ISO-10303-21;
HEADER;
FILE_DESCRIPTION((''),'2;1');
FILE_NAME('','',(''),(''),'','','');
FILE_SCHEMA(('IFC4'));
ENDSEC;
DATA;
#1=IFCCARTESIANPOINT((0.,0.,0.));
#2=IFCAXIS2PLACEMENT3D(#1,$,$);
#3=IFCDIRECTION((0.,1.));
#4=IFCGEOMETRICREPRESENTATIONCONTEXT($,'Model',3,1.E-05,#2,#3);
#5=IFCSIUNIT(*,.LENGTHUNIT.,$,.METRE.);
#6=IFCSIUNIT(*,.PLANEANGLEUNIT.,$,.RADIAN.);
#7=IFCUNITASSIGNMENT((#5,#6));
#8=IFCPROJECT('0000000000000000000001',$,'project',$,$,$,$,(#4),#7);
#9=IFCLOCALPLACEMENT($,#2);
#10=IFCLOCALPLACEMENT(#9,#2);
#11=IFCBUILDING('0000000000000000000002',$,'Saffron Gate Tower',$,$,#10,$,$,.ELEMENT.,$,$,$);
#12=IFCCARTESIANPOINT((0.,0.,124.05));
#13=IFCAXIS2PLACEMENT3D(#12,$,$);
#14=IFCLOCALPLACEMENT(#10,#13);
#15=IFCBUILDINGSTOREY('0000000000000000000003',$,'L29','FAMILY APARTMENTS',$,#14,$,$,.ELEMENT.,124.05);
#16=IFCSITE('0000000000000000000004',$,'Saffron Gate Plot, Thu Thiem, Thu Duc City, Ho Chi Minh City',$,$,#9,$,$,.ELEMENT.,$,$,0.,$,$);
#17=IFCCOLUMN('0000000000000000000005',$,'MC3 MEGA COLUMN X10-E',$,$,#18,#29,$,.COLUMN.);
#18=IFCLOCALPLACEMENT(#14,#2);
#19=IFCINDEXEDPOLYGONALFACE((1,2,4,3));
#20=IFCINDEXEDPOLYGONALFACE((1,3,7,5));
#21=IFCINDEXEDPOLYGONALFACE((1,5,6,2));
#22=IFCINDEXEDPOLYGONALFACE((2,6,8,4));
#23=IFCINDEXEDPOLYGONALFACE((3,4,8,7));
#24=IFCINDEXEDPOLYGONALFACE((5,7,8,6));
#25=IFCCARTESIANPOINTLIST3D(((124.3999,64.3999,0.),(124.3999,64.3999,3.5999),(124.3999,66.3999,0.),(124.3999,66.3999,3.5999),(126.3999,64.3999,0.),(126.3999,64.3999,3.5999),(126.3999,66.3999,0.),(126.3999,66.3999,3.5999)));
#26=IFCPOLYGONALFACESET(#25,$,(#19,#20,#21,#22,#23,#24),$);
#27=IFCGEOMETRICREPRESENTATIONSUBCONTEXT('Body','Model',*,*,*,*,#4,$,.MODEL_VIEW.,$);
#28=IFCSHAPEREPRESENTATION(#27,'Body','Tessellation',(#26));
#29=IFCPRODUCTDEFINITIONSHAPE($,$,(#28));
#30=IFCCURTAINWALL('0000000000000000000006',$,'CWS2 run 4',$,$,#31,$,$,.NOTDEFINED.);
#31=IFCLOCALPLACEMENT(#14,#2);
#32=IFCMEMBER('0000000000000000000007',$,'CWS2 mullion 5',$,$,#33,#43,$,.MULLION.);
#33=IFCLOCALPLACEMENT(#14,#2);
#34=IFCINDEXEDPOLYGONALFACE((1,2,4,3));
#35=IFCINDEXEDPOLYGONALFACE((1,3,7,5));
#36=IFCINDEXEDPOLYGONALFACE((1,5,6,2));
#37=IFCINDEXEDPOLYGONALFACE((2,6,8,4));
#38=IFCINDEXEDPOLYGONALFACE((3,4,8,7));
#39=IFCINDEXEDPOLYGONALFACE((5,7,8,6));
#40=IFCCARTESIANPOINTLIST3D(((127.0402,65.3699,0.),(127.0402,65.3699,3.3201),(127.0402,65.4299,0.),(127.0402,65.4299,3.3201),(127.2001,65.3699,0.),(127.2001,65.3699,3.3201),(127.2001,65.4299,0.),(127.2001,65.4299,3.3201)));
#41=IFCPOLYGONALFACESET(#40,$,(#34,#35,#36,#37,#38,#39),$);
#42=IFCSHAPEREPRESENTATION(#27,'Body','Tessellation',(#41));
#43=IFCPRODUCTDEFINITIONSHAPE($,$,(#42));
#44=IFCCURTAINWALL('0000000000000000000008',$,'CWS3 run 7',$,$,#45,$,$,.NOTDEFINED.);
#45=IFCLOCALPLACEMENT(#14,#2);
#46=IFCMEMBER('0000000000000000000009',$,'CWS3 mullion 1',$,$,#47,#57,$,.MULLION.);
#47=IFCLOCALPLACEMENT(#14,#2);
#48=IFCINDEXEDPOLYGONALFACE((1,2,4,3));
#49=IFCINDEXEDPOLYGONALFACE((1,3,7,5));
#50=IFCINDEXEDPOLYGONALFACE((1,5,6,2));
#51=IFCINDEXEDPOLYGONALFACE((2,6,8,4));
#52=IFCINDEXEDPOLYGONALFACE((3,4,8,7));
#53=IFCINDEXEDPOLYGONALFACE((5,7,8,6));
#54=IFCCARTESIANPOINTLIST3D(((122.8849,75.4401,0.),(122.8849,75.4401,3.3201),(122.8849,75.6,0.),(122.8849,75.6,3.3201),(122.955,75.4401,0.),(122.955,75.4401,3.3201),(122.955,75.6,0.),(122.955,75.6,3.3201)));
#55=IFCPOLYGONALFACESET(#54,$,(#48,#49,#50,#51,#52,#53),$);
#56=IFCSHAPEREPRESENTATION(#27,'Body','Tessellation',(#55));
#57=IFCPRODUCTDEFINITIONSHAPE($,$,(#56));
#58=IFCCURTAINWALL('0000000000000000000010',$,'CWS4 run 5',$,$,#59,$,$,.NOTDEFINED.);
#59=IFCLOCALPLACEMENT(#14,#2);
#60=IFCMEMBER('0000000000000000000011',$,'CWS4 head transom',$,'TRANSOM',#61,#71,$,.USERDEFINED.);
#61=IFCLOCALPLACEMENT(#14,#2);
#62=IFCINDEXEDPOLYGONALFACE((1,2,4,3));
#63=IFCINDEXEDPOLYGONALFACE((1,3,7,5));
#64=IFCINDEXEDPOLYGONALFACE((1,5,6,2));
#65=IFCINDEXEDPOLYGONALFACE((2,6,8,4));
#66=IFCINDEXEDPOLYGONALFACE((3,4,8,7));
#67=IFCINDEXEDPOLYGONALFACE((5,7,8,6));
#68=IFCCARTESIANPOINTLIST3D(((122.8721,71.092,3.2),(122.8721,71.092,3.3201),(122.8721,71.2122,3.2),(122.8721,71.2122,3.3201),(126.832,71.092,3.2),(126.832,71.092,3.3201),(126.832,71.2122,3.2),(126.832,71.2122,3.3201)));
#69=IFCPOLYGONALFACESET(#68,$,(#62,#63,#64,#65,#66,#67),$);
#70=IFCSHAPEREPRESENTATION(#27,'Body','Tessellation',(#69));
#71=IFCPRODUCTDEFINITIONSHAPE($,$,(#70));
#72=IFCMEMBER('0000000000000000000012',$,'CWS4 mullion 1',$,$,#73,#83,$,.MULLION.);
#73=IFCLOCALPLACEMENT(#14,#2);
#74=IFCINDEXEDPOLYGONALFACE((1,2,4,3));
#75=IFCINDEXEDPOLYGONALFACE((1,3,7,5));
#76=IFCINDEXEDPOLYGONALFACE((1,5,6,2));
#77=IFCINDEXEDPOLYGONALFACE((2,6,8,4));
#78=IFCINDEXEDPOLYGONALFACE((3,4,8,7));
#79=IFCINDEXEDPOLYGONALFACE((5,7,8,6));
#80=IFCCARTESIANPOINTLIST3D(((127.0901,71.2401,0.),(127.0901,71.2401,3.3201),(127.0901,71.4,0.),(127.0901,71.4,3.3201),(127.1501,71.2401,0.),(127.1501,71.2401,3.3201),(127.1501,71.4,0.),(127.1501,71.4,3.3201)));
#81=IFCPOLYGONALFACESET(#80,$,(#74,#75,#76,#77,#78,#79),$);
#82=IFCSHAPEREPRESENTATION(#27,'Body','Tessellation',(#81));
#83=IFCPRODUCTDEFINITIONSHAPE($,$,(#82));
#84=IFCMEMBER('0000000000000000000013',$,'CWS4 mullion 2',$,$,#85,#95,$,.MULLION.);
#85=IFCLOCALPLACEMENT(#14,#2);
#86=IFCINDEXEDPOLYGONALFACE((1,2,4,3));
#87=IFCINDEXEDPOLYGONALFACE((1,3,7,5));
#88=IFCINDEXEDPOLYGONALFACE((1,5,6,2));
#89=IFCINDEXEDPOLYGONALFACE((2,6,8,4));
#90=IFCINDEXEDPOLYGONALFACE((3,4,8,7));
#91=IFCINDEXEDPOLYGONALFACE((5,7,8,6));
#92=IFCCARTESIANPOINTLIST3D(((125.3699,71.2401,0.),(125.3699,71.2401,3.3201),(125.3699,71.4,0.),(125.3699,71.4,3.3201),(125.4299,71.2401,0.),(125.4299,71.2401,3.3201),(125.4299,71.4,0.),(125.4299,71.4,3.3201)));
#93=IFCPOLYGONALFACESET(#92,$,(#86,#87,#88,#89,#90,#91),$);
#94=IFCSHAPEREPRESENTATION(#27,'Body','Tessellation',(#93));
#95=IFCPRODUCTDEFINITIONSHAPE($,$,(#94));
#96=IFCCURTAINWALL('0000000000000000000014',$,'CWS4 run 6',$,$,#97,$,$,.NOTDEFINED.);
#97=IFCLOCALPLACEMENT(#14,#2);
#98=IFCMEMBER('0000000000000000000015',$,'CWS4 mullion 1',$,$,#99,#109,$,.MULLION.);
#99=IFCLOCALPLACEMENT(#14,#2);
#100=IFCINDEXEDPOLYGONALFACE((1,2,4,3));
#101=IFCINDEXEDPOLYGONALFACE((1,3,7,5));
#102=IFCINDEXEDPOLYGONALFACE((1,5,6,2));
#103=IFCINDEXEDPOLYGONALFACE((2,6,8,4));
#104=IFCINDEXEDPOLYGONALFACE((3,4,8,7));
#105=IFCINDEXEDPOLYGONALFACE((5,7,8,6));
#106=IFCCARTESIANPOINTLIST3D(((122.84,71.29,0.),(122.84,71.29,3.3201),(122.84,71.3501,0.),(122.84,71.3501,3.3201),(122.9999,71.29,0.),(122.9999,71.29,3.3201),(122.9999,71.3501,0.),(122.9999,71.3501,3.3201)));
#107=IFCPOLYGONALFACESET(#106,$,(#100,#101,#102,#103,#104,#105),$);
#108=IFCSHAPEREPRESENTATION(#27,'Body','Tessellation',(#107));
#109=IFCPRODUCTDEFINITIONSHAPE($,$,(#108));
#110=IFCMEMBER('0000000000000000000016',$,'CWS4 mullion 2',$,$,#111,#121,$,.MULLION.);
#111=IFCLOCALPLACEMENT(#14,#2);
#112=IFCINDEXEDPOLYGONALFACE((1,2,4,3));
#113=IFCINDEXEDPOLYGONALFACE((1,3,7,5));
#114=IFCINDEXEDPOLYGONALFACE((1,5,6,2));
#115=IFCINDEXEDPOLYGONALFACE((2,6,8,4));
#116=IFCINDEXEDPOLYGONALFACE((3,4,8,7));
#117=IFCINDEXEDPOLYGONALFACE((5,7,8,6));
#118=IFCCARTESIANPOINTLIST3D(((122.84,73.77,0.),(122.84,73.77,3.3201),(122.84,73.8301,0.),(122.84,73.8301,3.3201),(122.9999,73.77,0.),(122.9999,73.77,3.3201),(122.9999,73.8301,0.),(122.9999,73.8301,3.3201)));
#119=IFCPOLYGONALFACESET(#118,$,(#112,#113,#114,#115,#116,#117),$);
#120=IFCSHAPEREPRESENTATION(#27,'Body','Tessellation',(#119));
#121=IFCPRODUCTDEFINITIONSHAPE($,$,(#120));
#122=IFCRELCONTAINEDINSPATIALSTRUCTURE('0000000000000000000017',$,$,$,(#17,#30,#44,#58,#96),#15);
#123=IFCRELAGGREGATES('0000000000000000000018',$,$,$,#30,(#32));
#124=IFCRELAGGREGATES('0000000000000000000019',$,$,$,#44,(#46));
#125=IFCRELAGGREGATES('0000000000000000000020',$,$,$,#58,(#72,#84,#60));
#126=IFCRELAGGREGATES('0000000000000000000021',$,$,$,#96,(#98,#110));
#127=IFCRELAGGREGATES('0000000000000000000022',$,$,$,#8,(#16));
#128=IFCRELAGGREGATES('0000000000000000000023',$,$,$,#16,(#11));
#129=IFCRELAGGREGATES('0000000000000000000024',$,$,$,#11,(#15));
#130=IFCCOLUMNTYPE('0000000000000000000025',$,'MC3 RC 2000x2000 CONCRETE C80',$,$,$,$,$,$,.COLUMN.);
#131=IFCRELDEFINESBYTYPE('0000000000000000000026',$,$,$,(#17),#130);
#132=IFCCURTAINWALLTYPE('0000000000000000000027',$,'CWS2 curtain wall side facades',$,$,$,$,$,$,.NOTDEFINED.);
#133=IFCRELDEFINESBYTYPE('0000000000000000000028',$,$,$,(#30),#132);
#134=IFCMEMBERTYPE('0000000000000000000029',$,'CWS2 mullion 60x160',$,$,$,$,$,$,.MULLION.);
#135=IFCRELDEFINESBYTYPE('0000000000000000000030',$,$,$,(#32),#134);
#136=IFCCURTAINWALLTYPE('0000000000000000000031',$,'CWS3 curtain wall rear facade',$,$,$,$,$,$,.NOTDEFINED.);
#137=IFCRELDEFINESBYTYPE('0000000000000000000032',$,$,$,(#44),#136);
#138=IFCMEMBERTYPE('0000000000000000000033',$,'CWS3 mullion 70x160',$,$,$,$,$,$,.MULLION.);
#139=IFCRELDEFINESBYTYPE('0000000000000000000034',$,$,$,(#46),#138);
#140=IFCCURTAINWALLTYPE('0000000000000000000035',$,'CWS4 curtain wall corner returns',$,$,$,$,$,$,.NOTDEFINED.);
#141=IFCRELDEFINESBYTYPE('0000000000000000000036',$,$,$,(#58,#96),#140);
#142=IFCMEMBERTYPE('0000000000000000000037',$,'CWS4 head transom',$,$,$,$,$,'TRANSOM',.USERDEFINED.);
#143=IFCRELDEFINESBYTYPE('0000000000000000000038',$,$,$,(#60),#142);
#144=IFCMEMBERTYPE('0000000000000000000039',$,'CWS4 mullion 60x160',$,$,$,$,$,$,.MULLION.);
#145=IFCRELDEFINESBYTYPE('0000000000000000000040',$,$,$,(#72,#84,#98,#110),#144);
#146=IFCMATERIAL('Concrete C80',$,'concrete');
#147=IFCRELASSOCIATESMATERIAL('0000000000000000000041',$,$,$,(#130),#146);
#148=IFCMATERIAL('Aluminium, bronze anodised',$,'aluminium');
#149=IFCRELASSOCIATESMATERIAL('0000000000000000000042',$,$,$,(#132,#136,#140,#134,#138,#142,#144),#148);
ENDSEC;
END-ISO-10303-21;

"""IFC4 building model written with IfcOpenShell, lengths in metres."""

from ifc_helpers import new_model, si_unit, direction, frame, origin, origin_2d, place, context, subcontext, project, spatial, rectangle, extrude, material, material_profile, profile_set, type_object, element, aggregate, save


model = new_model("IFC4")

# Units and contexts
model_context = context("Model", 3, precision=1e-05, world=origin(), true_north=direction((0.0, 1.0)))
body_context = subcontext(model_context, "Body", "Model", "MODEL_VIEW")
ifc_project = project(units=[si_unit("LENGTHUNIT", "METRE"), si_unit("PLANEANGLEUNIT", "RADIAN")], contexts=[model_context])

# Site, building, storey
site_placement = place(None, origin())
site = spatial("IfcSite", under=ifc_project, at=site_placement, Name="Saffron Gate Plot, Thu Thiem, Thu Duc City, Ho Chi Minh City", CompositionType="ELEMENT", RefElevation=0.0)
building_placement = place(site_placement, origin())
building = spatial("IfcBuilding", under=site, at=building_placement, Name="Saffron Gate Tower", CompositionType="ELEMENT")
storey_placement = place(building_placement, frame((0.0, 0.0, 124.05)))
storey = spatial("IfcBuildingStorey", under=building, at=storey_placement, Name="L29", Description="FAMILY APARTMENTS", CompositionType="ELEMENT", Elevation=124.05)

# Column
ifc_material_1 = material(Name="Concrete C80", Category="concrete")
ifc_material_profile_1 = material_profile(ifc_material_1, rectangle(XDim=2.0, YDim=2.0, at=origin_2d()))
ifc_profile_set_1 = profile_set([ifc_material_profile_1], Name="Concrete C80")
column_type = type_object("IfcColumnType", Name="MC3 RC 2000x2000 CONCRETE C80", PredefinedType="COLUMN", material=ifc_profile_set_1)
column_placement = place(storey_placement, frame((125.3999, 65.3999, 0.0), z_axis=(0.0, 0.0, 1.0), x_axis=(1.0, 0.0, 0.0)))
element("IfcColumn", 1, at=column_placement, inside=storey, type_object=column_type, Name="MC3 MEGA COLUMN X10-E", PredefinedType="COLUMN", context=body_context, shape_type="SweptSolid", body=[
    extrude(rectangle(XDim=2.0, YDim=2.0, at=origin_2d()), origin(), (0.0, 0.0, 1.0), 3.5999),
])

# Curtain walls, members
ifc_material_2 = material(Name="Aluminium, bronze anodised", Category="aluminium")
curtain_wall_type_1 = type_object("IfcCurtainWallType", Name="CWS2 curtain wall side facades", PredefinedType="NOTDEFINED", material=ifc_material_2)
curtain_wall_1_placement = place(storey_placement, origin())
curtain_wall_1 = element("IfcCurtainWall", 2, at=curtain_wall_1_placement, inside=storey, type_object=curtain_wall_type_1, Name="CWS2 run 4", PredefinedType="NOTDEFINED")
ifc_material_profile_2 = material_profile(ifc_material_2, rectangle(XDim=0.1599, YDim=0.0601, at=origin_2d()))
ifc_profile_set_2 = profile_set([ifc_material_profile_2], Name="Aluminium, bronze anodised")
member_type_1 = type_object("IfcMemberType", Name="CWS2 mullion 60x160", PredefinedType="MULLION", material=ifc_profile_set_2)
member_1_placement = place(storey_placement, frame((127.1201, 65.3999, 0.0), z_axis=(0.0, 0.0, 1.0), x_axis=(-1.0, 0.0, 0.0)))
member_1 = element("IfcMember", 3, at=member_1_placement, type_object=member_type_1, Name="CWS2 mullion 5", PredefinedType="MULLION", context=body_context, shape_type="SweptSolid", body=[
    extrude(rectangle(XDim=0.1599, YDim=0.0601, at=origin_2d()), origin(), (0.0, 0.0, 1.0), 3.3201),
])
aggregate(curtain_wall_1, [member_1])
curtain_wall_type_2 = type_object("IfcCurtainWallType", Name="CWS3 curtain wall rear facade", PredefinedType="NOTDEFINED", material=ifc_material_2)
curtain_wall_2_placement = place(storey_placement, origin())
curtain_wall_2 = element("IfcCurtainWall", 4, at=curtain_wall_2_placement, inside=storey, type_object=curtain_wall_type_2, Name="CWS3 run 7", PredefinedType="NOTDEFINED")
ifc_material_profile_3 = material_profile(ifc_material_2, rectangle(XDim=0.1599, YDim=0.0701, at=origin_2d()))
ifc_profile_set_3 = profile_set([ifc_material_profile_3], Name="Aluminium, bronze anodised")
member_type_2 = type_object("IfcMemberType", Name="CWS3 mullion 70x160", PredefinedType="MULLION", material=ifc_profile_set_3)
member_2_placement = place(storey_placement, frame((122.9199, 75.52, 0.0), z_axis=(0.0, 0.0, 1.0), x_axis=(0.0, -1.0, 0.0)))
member_2 = element("IfcMember", 5, at=member_2_placement, type_object=member_type_2, Name="CWS3 mullion 1", PredefinedType="MULLION", context=body_context, shape_type="SweptSolid", body=[
    extrude(rectangle(XDim=0.1599, YDim=0.0701, at=origin_2d()), origin(), (0.0, 0.0, 1.0), 3.3201),
])

# Curtain walls, members
curtain_wall_type_3 = type_object("IfcCurtainWallType", Name="CWS4 curtain wall corner returns", PredefinedType="NOTDEFINED", material=ifc_material_2)
curtain_wall_3_placement = place(storey_placement, origin())
curtain_wall_3 = element("IfcCurtainWall", 6, at=curtain_wall_3_placement, inside=storey, type_object=curtain_wall_type_3, Name="CWS4 run 5", PredefinedType="NOTDEFINED")
ifc_material_profile_4 = material_profile(ifc_material_2, rectangle(XDim=0.1201, YDim=0.1201, at=origin_2d()))
ifc_profile_set_4 = profile_set([ifc_material_profile_4], Name="Aluminium, bronze anodised")
member_type_3 = type_object("IfcMemberType", Name="CWS4 head transom", ElementType="TRANSOM", PredefinedType="USERDEFINED", material=ifc_profile_set_4)
member_3_placement = place(storey_placement, frame((126.832, 71.1521, 3.26), z_axis=(-1.0, 0.0, 0.0), x_axis=(0.0, -1.0, 0.0)))
member_3 = element("IfcMember", 7, at=member_3_placement, type_object=member_type_3, Name="CWS4 head transom", ObjectType="TRANSOM", PredefinedType="USERDEFINED", context=body_context, shape_type="SweptSolid", body=[
    extrude(rectangle(XDim=0.1201, YDim=0.1201, at=origin_2d()), origin(), (0.0, 0.0, 1.0), 3.96),
])
ifc_material_profile_5 = material_profile(ifc_material_2, rectangle(XDim=0.1599, YDim=0.0601, at=origin_2d()))
ifc_profile_set_5 = profile_set([ifc_material_profile_5], Name="Aluminium, bronze anodised")
member_type_4 = type_object("IfcMemberType", Name="CWS4 mullion 60x160", PredefinedType="MULLION", material=ifc_profile_set_5)
member_4_placement = place(storey_placement, frame((127.1201, 71.3201, 0.0), z_axis=(0.0, 0.0, 1.0), x_axis=(0.0, -1.0, 0.0)))
member_4 = element("IfcMember", 8, at=member_4_placement, type_object=member_type_4, Name="CWS4 mullion 1", PredefinedType="MULLION", context=body_context, shape_type="SweptSolid", body=[
    extrude(rectangle(XDim=0.1599, YDim=0.0601, at=origin_2d()), origin(), (0.0, 0.0, 1.0), 3.3201),
])
member_5_placement = place(storey_placement, frame((125.3999, 71.3201, 0.0), z_axis=(0.0, 0.0, 1.0), x_axis=(0.0, -1.0, 0.0)))
member_5 = element("IfcMember", 9, at=member_5_placement, type_object=member_type_4, Name="CWS4 mullion 2", PredefinedType="MULLION", context=body_context, shape_type="SweptSolid", body=[
    extrude(rectangle(XDim=0.1599, YDim=0.0601, at=origin_2d()), origin(), (0.0, 0.0, 1.0), 3.3201),
])
curtain_wall_4_placement = place(storey_placement, origin())
curtain_wall_4 = element("IfcCurtainWall", 10, at=curtain_wall_4_placement, inside=storey, type_object=curtain_wall_type_3, Name="CWS4 run 6", PredefinedType="NOTDEFINED")
member_6_placement = place(storey_placement, frame((122.9199, 71.3201, 0.0), z_axis=(0.0, 0.0, 1.0), x_axis=(-1.0, 0.0, 0.0)))
member_6 = element("IfcMember", 11, at=member_6_placement, type_object=member_type_4, Name="CWS4 mullion 1", PredefinedType="MULLION", context=body_context, shape_type="SweptSolid", body=[
    extrude(rectangle(XDim=0.1599, YDim=0.0601, at=origin_2d()), origin(), (0.0, 0.0, 1.0), 3.3201),
])
member_7_placement = place(storey_placement, frame((122.9199, 73.8, 0.0), z_axis=(0.0, 0.0, 1.0), x_axis=(-1.0, 0.0, 0.0)))
member_7 = element("IfcMember", 12, at=member_7_placement, type_object=member_type_4, Name="CWS4 mullion 2", PredefinedType="MULLION", context=body_context, shape_type="SweptSolid", body=[
    extrude(rectangle(XDim=0.1599, YDim=0.0601, at=origin_2d()), origin(), (0.0, 0.0, 1.0), 3.3201),
])

aggregate(curtain_wall_2, [member_2])

aggregate(curtain_wall_3, [member_4, member_5, member_3])
aggregate(curtain_wall_4, [member_6, member_7])

save(model, "model.ifc")
